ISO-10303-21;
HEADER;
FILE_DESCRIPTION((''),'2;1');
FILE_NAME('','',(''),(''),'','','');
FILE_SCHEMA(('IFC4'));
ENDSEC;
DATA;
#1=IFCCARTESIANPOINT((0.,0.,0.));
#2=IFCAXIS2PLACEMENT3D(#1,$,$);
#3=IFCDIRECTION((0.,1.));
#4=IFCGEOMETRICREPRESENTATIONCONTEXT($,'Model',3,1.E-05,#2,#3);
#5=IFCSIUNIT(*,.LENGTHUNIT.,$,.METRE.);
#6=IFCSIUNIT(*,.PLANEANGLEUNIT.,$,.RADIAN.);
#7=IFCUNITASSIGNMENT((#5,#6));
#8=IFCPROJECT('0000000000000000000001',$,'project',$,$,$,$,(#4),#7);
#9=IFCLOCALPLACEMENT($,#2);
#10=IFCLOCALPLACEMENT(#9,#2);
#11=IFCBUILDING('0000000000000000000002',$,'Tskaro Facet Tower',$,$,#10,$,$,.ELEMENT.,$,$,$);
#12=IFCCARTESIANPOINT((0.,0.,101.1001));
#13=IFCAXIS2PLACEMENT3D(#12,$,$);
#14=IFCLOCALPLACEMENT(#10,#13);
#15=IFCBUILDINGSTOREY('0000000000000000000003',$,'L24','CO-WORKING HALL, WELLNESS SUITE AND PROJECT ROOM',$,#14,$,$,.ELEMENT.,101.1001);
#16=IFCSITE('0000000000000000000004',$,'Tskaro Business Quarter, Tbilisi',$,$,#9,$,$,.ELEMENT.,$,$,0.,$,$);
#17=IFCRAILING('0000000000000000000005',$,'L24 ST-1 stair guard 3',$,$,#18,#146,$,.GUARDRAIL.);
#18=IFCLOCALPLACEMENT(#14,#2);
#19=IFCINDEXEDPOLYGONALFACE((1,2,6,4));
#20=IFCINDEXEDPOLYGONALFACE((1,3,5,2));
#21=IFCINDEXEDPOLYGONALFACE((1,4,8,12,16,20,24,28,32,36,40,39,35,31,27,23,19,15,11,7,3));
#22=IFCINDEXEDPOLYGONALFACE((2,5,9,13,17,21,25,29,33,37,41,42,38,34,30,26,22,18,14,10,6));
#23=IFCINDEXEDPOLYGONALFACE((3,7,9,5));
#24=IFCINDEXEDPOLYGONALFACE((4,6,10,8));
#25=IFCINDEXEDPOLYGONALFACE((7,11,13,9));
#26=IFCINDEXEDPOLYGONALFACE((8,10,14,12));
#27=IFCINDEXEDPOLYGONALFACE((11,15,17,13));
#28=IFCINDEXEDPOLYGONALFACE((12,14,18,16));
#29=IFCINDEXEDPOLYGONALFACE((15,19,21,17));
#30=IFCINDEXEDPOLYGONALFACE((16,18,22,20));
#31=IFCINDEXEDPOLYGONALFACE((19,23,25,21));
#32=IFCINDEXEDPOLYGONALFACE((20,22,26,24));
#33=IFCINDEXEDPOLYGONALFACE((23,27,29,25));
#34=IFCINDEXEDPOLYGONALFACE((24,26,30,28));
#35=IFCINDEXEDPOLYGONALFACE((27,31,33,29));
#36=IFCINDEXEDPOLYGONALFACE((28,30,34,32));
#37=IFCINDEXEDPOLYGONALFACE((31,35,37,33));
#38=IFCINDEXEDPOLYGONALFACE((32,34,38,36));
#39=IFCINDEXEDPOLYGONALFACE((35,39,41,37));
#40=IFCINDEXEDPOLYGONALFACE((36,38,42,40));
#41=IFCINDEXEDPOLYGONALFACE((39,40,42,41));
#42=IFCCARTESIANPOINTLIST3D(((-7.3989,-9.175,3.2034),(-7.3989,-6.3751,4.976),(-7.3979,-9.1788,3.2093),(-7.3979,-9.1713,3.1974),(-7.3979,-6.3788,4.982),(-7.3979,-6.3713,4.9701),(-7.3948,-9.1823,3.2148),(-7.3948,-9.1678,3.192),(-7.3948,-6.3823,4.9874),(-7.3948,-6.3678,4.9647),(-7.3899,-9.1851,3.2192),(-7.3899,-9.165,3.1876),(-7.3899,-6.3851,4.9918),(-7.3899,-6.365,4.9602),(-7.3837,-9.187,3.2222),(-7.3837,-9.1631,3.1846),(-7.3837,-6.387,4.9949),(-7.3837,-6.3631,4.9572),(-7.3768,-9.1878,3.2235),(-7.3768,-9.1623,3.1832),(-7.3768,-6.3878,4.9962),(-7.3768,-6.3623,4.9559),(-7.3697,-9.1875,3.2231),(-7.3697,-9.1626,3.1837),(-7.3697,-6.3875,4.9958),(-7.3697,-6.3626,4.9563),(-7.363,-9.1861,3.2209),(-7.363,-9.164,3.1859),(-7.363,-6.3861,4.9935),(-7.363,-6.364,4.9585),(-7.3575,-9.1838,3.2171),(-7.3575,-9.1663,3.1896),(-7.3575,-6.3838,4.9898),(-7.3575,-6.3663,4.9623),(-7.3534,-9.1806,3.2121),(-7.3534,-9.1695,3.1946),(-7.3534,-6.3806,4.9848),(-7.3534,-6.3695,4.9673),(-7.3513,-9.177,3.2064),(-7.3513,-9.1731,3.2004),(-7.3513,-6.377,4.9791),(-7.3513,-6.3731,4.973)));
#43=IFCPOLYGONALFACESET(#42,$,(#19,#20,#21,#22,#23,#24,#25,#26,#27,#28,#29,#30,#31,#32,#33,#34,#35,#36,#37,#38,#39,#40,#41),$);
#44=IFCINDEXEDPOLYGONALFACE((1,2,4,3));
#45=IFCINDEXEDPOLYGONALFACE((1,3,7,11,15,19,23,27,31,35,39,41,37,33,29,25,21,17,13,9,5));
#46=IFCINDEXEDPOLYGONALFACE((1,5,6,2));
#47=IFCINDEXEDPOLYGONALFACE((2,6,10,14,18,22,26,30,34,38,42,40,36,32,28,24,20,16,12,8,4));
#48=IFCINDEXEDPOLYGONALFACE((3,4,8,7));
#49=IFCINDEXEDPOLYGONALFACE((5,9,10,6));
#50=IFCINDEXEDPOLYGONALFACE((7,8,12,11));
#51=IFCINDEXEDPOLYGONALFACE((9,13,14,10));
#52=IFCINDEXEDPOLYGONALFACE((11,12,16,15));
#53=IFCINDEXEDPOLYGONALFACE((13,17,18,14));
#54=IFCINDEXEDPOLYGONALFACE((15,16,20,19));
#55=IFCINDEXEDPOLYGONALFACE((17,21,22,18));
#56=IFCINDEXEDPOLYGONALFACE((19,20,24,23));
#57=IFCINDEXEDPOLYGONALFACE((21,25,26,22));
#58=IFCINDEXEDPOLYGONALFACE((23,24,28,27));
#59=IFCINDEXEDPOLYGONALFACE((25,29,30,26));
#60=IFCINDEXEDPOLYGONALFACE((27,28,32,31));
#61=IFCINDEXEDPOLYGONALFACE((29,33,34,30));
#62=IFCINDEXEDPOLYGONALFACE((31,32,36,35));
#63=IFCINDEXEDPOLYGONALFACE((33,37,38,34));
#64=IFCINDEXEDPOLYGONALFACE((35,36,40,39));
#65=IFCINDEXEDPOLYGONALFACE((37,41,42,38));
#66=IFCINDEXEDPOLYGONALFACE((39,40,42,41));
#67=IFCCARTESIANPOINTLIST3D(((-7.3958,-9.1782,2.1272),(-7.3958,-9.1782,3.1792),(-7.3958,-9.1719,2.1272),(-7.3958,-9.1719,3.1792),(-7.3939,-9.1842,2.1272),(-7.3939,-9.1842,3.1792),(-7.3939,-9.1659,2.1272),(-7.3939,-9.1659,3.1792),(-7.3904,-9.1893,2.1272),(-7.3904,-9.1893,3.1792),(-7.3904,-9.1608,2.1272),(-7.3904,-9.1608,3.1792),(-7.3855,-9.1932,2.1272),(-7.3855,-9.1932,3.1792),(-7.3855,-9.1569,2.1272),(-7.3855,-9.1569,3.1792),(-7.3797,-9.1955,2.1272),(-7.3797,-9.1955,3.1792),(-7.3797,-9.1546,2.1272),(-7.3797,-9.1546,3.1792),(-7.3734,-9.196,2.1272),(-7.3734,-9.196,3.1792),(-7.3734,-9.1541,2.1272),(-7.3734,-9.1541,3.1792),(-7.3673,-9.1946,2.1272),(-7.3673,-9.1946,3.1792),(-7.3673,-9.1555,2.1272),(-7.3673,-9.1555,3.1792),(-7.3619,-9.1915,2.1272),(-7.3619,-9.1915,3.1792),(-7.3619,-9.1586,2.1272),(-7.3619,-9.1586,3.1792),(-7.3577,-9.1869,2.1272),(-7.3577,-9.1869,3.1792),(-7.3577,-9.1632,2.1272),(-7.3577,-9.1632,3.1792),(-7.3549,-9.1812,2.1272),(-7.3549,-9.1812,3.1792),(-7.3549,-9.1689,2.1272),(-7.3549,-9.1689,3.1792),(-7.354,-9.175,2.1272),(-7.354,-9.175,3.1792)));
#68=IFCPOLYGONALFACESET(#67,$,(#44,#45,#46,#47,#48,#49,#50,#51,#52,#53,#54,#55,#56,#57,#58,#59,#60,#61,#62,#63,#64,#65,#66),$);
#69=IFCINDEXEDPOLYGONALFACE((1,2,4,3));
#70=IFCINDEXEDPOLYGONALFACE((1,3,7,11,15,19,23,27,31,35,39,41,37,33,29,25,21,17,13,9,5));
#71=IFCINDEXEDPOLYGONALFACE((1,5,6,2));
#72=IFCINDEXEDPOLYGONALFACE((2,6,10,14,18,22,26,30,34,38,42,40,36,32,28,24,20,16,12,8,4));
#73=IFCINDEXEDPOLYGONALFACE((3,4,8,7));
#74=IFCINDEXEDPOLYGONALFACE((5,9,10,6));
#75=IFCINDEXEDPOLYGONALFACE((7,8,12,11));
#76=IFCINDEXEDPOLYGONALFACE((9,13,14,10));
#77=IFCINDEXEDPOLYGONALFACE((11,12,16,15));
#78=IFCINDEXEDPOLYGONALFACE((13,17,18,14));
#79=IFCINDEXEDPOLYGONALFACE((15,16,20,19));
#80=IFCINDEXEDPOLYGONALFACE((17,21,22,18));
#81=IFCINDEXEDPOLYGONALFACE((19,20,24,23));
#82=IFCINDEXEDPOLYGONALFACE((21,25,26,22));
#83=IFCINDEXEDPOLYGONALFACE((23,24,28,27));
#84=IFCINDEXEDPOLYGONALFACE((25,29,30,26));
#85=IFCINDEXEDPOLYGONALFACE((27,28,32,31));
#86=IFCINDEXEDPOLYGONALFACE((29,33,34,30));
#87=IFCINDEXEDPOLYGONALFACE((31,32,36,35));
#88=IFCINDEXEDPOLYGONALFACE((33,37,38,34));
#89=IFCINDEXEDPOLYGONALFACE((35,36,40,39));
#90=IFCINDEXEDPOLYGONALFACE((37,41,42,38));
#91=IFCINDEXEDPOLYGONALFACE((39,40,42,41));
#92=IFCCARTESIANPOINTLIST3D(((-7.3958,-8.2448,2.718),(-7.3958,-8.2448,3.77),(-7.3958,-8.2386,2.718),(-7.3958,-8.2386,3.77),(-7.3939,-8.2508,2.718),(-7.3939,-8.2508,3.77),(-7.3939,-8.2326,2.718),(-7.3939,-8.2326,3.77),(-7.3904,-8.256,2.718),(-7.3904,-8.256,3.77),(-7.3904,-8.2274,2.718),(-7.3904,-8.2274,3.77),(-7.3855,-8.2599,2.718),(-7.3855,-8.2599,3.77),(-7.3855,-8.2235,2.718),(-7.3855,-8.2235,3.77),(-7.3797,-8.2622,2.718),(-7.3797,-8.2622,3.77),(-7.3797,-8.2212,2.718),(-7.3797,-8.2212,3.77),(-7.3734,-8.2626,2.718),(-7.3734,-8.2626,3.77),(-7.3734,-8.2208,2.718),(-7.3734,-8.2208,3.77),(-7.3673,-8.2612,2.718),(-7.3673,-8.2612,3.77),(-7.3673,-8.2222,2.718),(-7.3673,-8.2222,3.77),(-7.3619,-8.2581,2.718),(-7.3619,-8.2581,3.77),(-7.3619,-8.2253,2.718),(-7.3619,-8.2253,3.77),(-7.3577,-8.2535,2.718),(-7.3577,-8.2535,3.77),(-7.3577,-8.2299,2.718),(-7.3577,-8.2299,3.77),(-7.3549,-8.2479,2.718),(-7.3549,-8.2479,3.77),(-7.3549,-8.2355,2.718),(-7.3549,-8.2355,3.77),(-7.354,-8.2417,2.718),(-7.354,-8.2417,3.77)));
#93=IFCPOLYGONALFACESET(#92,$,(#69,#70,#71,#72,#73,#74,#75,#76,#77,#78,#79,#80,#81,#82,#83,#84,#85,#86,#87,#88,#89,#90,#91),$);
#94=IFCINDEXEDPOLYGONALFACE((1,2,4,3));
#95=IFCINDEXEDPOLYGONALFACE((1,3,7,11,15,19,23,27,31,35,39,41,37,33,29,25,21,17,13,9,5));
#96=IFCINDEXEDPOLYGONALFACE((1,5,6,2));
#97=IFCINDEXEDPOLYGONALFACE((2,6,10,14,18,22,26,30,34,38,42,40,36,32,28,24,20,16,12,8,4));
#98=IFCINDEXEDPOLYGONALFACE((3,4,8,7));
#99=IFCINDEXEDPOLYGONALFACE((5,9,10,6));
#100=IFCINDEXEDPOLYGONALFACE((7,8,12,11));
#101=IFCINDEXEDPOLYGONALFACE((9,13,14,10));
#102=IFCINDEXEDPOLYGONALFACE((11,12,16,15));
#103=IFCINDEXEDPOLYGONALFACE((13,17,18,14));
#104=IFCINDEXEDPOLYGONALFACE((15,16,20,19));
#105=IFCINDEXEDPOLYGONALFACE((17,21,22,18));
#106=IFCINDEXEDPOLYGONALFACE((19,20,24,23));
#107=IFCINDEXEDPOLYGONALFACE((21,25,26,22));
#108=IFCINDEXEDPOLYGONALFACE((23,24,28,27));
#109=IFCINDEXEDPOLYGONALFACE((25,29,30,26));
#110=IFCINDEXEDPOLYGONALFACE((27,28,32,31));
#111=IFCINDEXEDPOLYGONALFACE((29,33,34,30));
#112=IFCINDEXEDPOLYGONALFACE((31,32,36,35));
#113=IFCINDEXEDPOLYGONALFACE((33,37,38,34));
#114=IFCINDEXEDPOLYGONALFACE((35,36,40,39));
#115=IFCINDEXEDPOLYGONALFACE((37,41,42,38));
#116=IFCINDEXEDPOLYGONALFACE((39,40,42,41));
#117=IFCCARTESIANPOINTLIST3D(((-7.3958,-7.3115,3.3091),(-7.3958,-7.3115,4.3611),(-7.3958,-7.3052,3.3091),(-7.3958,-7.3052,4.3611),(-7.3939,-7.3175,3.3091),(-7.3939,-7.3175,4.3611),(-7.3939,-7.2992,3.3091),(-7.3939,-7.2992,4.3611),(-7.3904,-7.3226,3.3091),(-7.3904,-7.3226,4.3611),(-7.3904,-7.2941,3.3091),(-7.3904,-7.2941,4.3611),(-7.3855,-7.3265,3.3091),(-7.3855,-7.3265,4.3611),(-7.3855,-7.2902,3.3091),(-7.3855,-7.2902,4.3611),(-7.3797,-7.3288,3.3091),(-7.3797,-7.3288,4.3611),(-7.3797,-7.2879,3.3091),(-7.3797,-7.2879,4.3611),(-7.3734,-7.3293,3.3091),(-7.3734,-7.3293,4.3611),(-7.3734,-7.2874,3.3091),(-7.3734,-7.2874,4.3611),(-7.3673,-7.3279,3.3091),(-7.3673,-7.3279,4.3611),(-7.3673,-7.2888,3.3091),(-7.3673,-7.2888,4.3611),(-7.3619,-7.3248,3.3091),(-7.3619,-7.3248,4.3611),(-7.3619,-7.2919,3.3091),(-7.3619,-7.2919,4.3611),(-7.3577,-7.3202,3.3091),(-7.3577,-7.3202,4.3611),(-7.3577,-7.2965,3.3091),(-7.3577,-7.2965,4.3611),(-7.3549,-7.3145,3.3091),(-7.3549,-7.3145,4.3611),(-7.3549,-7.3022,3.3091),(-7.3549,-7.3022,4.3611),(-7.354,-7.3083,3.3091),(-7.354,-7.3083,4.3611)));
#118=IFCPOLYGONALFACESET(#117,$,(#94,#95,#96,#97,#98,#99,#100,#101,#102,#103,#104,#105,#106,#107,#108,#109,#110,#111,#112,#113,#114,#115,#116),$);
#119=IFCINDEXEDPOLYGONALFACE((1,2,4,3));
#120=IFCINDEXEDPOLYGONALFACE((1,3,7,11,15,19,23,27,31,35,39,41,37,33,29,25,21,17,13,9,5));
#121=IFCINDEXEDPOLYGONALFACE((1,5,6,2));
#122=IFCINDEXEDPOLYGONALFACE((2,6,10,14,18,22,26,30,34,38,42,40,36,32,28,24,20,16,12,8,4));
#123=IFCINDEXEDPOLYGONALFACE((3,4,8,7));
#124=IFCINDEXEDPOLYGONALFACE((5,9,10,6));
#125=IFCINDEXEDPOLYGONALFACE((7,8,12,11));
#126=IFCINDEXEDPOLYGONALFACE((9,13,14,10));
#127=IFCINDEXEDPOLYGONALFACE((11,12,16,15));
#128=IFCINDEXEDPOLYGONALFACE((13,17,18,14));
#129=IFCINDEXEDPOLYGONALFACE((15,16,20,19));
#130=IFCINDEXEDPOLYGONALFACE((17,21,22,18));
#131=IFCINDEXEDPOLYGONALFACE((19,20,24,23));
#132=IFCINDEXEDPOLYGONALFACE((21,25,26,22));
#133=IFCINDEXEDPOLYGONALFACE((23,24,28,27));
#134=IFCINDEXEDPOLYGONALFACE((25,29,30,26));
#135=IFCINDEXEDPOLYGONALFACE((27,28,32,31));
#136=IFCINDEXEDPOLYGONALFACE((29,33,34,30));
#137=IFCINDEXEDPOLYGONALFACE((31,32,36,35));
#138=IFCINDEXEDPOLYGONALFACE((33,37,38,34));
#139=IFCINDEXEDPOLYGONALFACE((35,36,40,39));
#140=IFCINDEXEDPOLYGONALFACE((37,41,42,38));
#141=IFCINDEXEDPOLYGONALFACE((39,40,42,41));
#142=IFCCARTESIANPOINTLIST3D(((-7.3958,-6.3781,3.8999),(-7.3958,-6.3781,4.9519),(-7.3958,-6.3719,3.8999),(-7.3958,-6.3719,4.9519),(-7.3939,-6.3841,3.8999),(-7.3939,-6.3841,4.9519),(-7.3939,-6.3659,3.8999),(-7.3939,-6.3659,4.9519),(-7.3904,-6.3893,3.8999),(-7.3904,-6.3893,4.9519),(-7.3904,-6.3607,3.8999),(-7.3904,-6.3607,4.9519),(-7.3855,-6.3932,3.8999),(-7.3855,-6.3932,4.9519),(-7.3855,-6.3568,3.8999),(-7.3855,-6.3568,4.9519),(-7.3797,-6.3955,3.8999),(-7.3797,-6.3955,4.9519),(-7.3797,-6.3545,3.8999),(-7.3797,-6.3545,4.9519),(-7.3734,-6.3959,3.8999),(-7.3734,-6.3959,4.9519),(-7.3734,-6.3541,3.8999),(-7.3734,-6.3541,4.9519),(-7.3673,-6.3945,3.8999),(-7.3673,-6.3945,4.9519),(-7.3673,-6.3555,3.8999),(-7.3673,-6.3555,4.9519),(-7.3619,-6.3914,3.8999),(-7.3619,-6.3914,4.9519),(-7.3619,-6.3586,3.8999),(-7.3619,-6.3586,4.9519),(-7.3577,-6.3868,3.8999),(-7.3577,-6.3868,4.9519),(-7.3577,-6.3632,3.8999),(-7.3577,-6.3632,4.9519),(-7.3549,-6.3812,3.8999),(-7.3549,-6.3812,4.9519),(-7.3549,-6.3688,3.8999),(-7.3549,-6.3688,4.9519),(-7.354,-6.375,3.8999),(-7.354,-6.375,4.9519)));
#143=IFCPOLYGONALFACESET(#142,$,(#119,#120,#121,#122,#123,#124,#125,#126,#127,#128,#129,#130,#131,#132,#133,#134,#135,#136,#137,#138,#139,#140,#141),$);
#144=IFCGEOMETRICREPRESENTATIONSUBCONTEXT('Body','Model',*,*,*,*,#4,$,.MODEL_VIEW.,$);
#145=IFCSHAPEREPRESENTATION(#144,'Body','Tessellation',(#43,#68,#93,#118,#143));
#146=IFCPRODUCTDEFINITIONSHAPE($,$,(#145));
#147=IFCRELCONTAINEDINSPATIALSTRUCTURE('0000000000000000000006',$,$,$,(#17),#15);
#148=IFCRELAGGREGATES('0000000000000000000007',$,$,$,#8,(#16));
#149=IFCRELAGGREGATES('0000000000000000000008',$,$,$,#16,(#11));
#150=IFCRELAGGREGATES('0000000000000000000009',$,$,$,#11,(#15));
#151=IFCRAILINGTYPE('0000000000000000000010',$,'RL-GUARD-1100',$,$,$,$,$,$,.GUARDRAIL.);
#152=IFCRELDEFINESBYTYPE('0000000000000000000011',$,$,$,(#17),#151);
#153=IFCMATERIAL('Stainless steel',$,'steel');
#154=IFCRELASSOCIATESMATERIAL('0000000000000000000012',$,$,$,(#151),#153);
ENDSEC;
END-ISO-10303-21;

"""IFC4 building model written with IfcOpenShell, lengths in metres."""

from ifc_helpers import new_model, si_unit, direction, frame, origin, origin_2d, place, context, subcontext, project, spatial, circle, extrude, material, type_object, element, save


model = new_model("IFC4")

# Units and contexts
model_context = context("Model", 3, precision=1e-05, world=origin(), true_north=direction((0.0, 1.0)))
body_context = subcontext(model_context, "Body", "Model", "MODEL_VIEW")
ifc_project = project(units=[si_unit("LENGTHUNIT", "METRE"), si_unit("PLANEANGLEUNIT", "RADIAN")], contexts=[model_context])

# Site, building, storey
site_placement = place(None, origin())
site = spatial("IfcSite", under=ifc_project, at=site_placement, Name="Tskaro Business Quarter, Tbilisi", CompositionType="ELEMENT", RefElevation=0.0)
building_placement = place(site_placement, origin())
building = spatial("IfcBuilding", under=site, at=building_placement, Name="Tskaro Facet Tower", CompositionType="ELEMENT")
storey_placement = place(building_placement, frame((0.0, 0.0, 101.1001)))
storey = spatial("IfcBuildingStorey", under=building, at=storey_placement, Name="L24", Description="CO-WORKING HALL, WELLNESS SUITE AND PROJECT ROOM", CompositionType="ELEMENT", Elevation=101.1001)

# Shared definitions
ifc_material_1 = material(Name="Stainless steel", Category="steel")

# Railing
railing_type_1 = type_object("IfcRailingType", Name="RL-GUARD-1100", PredefinedType="GUARDRAIL", material=ifc_material_1)
railing_1_placement = place(storey_placement, frame((-7.375, -9.175, 2.1272)))
element("IfcRailing", 1, at=railing_1_placement, inside=storey, type_object=railing_type_1, Name="L24 ST-1 stair guard 3", PredefinedType="GUARDRAIL", context=body_context, shape_type="SweptSolid", body=[
    extrude(circle(Radius=0.0239, at=origin_2d()), frame((0.0, 0.0, 1.0762), z_axis=(0.0, 0.844909, 0.53491), x_axis=(-1.0, 0.0, 0.0)), (0.0, 0.0, 1.0), 3.314),
    extrude(circle(Radius=0.021, at=origin_2d()), origin(), (0.0, 0.0, 1.0), 1.052),
    extrude(circle(Radius=0.021, at=origin_2d()), frame((0.0, 0.9333, 0.5908)), (0.0, 0.0, 1.0), 1.052),
    extrude(circle(Radius=0.021, at=origin_2d()), frame((0.0, 1.8667, 1.1819)), (0.0, 0.0, 1.0), 1.052),
    extrude(circle(Radius=0.021, at=origin_2d()), frame((0.0, 2.8, 1.7727)), (0.0, 0.0, 1.0), 1.052),
])

save(model, "model.ifc")
